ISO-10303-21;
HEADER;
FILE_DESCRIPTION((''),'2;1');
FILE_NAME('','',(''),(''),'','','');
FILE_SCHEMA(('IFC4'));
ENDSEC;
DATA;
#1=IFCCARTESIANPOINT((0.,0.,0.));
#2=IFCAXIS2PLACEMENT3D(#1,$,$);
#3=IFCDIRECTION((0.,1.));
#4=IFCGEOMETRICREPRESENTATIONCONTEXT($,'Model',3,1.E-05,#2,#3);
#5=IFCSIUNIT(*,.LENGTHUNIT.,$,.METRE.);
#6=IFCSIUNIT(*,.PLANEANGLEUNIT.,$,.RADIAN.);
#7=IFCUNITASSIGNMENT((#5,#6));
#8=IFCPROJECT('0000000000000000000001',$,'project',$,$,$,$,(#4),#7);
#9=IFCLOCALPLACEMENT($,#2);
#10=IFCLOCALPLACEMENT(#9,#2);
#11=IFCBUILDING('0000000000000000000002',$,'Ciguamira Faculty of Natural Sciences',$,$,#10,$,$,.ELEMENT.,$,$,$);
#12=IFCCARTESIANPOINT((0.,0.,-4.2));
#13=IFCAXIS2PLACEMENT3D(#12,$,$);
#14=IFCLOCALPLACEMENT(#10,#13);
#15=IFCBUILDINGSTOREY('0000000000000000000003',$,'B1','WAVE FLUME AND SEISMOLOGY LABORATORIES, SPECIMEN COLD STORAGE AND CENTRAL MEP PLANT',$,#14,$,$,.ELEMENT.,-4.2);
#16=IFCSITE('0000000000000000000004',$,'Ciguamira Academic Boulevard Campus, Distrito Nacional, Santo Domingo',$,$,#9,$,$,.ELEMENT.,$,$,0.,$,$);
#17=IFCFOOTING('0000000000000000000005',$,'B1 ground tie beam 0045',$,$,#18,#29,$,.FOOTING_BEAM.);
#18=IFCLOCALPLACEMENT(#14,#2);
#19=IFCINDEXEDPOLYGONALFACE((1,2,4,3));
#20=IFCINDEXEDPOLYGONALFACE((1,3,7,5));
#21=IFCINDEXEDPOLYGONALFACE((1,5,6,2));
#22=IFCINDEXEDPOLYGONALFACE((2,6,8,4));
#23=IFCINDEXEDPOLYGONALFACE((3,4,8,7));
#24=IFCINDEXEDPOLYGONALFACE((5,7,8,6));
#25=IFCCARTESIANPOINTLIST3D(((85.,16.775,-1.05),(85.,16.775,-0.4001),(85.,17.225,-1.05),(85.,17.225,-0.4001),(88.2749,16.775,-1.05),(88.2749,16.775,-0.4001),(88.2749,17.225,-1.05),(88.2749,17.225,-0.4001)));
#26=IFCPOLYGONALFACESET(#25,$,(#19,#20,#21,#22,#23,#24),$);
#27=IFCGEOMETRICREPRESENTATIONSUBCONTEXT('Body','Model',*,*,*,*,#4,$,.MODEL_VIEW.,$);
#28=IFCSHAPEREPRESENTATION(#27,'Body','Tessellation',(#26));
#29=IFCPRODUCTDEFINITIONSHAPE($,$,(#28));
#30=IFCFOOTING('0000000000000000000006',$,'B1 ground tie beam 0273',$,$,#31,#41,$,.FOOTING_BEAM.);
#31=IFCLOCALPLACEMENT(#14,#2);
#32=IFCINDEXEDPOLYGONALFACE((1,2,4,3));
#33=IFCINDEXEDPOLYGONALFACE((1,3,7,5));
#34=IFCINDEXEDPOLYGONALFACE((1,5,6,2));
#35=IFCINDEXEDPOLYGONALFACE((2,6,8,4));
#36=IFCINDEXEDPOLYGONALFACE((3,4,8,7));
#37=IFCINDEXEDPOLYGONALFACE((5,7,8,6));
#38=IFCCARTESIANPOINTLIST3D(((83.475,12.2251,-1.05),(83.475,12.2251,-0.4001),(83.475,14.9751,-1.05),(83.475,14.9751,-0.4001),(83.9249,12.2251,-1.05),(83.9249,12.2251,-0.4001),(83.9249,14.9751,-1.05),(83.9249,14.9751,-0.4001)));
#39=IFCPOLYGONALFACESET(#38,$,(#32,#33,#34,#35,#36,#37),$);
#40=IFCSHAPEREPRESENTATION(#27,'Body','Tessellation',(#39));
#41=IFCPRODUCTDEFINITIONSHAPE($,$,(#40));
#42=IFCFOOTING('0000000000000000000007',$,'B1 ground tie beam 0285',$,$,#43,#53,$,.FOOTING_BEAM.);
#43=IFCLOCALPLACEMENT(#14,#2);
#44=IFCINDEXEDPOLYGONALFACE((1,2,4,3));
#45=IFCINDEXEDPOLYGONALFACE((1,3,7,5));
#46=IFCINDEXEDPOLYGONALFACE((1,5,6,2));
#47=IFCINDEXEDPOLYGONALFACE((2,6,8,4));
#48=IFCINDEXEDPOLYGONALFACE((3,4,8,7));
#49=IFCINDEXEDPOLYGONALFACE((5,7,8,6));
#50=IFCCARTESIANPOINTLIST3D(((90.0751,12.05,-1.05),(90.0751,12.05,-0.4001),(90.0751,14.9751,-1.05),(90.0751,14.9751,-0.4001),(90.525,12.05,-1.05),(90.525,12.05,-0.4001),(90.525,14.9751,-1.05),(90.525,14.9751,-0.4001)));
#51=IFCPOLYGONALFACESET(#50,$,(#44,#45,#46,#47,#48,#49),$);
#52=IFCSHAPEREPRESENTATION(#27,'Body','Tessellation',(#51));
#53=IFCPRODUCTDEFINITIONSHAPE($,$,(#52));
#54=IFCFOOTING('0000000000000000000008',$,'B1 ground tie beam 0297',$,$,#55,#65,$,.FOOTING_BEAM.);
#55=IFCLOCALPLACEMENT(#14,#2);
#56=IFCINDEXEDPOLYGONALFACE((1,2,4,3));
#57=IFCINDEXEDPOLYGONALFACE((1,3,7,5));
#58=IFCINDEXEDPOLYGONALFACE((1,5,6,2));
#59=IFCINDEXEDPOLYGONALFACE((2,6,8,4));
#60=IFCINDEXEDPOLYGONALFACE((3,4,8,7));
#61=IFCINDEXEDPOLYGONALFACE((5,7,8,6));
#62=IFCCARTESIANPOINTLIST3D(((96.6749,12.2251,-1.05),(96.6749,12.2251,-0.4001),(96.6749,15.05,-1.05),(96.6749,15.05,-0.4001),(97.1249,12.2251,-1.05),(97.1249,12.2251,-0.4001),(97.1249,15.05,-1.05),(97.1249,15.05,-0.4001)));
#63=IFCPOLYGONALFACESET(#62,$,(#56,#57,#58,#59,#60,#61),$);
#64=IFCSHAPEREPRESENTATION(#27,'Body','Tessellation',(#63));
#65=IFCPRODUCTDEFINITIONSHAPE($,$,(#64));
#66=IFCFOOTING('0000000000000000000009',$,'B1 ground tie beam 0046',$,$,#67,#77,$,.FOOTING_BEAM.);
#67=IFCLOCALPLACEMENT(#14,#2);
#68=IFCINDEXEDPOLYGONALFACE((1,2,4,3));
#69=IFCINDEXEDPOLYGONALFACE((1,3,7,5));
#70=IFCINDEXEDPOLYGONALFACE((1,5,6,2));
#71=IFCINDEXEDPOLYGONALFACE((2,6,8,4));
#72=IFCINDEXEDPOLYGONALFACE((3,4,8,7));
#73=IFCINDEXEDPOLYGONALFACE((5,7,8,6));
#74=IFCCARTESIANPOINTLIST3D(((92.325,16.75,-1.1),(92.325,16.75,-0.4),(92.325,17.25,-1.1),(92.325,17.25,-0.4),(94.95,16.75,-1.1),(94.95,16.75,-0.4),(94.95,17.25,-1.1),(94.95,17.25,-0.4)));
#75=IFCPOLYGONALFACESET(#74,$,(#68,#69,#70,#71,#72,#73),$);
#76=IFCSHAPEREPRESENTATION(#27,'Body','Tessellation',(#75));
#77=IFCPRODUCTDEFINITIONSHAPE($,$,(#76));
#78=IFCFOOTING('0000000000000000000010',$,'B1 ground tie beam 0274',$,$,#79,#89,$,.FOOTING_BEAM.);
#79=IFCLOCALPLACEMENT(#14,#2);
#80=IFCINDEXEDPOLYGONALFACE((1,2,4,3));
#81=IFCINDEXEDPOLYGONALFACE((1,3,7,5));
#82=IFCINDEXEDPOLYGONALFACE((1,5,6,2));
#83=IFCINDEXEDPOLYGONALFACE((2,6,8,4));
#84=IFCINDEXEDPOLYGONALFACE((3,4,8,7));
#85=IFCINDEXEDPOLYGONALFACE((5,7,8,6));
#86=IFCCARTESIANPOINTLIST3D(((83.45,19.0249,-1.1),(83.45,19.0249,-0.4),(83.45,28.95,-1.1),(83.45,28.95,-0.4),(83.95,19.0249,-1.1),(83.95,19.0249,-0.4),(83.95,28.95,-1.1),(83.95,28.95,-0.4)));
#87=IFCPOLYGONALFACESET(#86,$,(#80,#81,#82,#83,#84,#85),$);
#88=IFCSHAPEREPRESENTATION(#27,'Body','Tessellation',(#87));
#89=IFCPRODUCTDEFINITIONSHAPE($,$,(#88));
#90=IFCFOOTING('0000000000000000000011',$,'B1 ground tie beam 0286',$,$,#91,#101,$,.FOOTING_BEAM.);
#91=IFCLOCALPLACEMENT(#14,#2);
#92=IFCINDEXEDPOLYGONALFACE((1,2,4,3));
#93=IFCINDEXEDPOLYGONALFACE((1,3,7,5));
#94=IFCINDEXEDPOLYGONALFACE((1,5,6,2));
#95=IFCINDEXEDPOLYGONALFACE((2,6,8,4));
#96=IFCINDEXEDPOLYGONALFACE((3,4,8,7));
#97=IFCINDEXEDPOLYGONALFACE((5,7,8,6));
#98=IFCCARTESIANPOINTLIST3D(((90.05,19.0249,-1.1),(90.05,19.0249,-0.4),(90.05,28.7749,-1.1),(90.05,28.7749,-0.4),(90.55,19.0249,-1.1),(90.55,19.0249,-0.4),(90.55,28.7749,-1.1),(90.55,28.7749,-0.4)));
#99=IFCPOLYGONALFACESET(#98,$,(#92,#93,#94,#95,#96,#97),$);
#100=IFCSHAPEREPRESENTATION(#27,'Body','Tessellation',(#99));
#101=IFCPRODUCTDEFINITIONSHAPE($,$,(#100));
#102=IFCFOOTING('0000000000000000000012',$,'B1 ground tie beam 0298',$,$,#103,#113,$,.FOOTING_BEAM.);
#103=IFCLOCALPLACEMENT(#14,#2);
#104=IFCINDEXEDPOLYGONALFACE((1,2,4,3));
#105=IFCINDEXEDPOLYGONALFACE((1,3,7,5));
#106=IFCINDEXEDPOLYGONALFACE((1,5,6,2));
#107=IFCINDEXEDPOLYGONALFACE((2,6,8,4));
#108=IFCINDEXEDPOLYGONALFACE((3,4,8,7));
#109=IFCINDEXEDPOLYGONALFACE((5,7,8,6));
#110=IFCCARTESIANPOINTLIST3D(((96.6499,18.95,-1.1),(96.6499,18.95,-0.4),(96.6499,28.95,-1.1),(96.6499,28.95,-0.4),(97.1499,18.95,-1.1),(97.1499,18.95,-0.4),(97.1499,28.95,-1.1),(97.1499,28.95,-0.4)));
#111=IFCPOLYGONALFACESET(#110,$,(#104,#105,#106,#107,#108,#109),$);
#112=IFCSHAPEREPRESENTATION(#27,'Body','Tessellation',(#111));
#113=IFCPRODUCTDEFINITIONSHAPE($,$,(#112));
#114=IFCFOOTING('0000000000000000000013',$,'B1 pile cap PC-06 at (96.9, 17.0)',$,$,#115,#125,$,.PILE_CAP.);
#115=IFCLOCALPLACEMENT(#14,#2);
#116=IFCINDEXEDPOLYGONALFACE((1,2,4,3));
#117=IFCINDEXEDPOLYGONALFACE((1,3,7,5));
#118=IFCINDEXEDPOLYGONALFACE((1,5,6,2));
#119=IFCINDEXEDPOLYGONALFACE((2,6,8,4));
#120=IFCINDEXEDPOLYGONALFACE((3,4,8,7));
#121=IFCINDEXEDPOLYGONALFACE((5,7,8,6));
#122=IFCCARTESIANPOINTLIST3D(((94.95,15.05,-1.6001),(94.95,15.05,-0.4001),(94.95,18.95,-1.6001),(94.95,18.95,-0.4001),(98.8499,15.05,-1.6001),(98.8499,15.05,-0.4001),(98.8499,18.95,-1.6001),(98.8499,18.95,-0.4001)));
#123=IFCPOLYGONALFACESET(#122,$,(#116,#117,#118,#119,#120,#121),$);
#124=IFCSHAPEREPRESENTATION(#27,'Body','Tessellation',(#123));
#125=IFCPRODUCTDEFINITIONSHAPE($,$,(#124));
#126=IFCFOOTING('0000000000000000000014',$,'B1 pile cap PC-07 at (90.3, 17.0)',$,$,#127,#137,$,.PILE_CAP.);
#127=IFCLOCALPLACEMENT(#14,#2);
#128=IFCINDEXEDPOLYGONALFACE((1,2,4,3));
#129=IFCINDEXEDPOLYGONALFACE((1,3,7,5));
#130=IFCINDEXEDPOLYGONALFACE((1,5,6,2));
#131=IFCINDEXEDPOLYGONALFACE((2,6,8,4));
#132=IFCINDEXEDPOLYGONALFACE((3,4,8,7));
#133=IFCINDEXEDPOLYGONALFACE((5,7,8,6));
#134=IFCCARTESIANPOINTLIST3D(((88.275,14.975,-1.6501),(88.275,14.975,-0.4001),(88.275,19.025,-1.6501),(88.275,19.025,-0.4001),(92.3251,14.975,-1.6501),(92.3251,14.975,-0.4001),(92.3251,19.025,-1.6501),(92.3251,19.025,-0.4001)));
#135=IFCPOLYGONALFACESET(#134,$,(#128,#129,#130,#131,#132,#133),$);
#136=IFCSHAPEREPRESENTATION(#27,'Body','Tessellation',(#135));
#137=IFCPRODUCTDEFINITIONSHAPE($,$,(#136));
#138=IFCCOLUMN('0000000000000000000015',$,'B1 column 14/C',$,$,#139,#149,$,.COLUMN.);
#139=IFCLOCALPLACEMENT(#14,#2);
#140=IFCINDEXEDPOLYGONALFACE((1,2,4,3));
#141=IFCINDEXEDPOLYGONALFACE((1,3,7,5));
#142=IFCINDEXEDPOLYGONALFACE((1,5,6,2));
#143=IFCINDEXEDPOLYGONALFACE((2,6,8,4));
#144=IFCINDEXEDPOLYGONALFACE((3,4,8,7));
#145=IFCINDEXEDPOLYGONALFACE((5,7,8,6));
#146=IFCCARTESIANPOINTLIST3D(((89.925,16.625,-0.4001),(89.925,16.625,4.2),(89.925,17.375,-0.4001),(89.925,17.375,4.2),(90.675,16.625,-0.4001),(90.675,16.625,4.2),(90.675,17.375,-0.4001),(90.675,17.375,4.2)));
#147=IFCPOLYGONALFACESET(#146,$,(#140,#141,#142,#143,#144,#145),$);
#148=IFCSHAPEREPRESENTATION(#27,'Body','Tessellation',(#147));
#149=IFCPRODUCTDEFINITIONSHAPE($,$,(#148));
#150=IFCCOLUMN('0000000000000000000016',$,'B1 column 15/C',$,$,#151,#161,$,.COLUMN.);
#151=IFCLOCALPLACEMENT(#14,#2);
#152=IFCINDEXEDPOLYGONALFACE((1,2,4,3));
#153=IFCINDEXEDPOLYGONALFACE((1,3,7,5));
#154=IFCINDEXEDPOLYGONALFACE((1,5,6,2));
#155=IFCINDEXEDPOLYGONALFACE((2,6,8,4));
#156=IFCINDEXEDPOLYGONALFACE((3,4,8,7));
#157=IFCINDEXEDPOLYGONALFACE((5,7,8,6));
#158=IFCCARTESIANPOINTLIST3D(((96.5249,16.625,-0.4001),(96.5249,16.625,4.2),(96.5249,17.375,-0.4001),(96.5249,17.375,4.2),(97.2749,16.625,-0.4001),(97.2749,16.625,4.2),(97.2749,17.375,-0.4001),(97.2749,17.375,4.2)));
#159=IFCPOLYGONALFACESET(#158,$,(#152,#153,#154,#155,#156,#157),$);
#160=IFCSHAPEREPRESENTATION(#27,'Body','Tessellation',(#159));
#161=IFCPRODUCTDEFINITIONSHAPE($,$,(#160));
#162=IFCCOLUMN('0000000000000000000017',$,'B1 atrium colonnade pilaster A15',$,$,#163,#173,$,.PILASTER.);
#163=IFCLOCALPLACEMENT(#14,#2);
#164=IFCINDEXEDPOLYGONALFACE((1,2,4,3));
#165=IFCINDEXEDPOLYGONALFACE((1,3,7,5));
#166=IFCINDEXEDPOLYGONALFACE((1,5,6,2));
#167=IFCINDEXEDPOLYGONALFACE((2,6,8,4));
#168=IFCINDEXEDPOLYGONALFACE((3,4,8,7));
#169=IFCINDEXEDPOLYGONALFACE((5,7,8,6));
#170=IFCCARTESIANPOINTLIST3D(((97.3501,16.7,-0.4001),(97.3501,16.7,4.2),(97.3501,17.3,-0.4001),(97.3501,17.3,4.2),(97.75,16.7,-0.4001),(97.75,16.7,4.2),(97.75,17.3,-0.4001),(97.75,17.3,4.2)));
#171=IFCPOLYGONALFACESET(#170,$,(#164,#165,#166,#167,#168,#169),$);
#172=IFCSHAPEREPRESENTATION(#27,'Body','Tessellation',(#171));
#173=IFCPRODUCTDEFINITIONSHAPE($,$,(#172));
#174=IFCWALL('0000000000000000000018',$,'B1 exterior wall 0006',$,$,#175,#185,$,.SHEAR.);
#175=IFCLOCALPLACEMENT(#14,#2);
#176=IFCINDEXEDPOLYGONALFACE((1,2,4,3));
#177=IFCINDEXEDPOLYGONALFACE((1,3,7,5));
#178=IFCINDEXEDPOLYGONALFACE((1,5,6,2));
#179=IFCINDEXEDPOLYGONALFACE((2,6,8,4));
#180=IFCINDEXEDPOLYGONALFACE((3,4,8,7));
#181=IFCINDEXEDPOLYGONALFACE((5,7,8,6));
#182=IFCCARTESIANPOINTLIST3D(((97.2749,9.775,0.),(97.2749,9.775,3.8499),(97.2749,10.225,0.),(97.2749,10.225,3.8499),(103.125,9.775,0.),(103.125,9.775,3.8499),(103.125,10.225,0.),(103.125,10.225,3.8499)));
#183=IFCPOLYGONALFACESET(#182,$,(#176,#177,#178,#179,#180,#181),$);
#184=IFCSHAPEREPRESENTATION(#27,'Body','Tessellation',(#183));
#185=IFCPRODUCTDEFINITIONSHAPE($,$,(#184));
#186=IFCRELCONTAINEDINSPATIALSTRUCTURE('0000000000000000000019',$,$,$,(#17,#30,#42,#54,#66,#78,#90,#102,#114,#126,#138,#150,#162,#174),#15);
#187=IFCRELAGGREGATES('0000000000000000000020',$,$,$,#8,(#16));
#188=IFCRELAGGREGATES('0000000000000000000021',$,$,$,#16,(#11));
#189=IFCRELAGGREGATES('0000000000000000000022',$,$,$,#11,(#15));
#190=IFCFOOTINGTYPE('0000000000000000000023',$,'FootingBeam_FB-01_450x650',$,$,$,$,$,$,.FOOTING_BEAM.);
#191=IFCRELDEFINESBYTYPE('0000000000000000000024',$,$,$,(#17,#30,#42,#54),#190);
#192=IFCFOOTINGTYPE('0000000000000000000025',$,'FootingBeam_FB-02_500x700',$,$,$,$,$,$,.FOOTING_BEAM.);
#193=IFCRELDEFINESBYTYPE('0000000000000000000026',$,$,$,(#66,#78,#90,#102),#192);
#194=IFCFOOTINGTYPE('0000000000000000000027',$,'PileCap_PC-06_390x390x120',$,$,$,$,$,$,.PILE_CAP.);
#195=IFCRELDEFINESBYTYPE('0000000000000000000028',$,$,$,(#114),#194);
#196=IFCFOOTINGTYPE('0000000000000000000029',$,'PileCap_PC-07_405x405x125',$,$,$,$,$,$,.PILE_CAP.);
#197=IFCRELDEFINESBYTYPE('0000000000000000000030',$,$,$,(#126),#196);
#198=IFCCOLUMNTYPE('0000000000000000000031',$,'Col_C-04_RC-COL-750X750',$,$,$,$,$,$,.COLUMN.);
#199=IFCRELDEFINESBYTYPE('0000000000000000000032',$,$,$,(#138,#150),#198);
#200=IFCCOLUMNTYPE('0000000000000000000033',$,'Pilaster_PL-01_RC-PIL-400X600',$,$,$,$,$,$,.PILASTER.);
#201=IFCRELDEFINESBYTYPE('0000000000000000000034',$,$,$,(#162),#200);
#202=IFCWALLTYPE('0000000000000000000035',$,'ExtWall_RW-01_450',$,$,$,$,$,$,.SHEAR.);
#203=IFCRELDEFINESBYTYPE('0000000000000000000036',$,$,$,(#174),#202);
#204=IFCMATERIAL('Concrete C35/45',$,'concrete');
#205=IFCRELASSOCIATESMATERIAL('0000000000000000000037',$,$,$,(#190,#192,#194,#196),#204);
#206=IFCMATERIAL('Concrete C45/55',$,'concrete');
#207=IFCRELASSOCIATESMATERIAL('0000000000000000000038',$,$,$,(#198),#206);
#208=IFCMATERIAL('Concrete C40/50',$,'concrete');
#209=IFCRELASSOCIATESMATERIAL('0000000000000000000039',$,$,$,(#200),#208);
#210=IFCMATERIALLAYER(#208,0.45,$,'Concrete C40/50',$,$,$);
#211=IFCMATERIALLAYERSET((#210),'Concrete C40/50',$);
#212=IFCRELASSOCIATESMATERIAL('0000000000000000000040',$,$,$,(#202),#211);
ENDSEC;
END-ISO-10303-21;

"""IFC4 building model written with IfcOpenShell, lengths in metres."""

from ifc_helpers import new_model, si_unit, direction, frame, frame_2d, origin, origin_2d, place, context, subcontext, project, spatial, rectangle, extrude, material, layer, layer_set, material_profile, profile_set, type_object, element, save


model = new_model("IFC4")

# Units and contexts
model_context = context("Model", 3, precision=1e-05, world=origin(), true_north=direction((0.0, 1.0)))
body_context = subcontext(model_context, "Body", "Model", "MODEL_VIEW")
ifc_project = project(units=[si_unit("LENGTHUNIT", "METRE"), si_unit("PLANEANGLEUNIT", "RADIAN")], contexts=[model_context])

# Site, building, storey
site_placement = place(None, origin())
site = spatial("IfcSite", under=ifc_project, at=site_placement, Name="Ciguamira Academic Boulevard Campus, Distrito Nacional, Santo Domingo", CompositionType="ELEMENT", RefElevation=0.0)
building_placement = place(site_placement, origin())
building = spatial("IfcBuilding", under=site, at=building_placement, Name="Ciguamira Faculty of Natural Sciences", CompositionType="ELEMENT")
storey_placement = place(building_placement, frame((0.0, 0.0, -4.2)))
storey = spatial("IfcBuildingStorey", under=building, at=storey_placement, Name="B1", Description="WAVE FLUME AND SEISMOLOGY LABORATORIES, SPECIMEN COLD STORAGE AND CENTRAL MEP PLANT", CompositionType="ELEMENT", Elevation=-4.2)

# Shared definitions
ifc_material_1 = material(Name="Concrete C35/45", Category="concrete")

# Footings
ifc_material_profile_1 = material_profile(ifc_material_1, rectangle(XDim=0.45, YDim=0.6499, at=origin_2d()), Name="RC-FB-450X650")
ifc_profile_set_1 = profile_set([ifc_material_profile_1], Name="Concrete C35/45")
footing_type_1 = type_object("IfcFootingType", Name="FootingBeam_FB-01_450x650", PredefinedType="FOOTING_BEAM", material=ifc_profile_set_1)
footing_1_placement = place(storey_placement, frame((85.0, 17.0, -0.7251), z_axis=(1.0, 0.0, 0.0), x_axis=(0.0, 1.0, 0.0)))
element("IfcFooting", 1, at=footing_1_placement, inside=storey, type_object=footing_type_1, Name="B1 ground tie beam 0045", PredefinedType="FOOTING_BEAM", context=body_context, shape_type="SweptSolid", body=[
    extrude(rectangle(XDim=0.45, YDim=0.6499, at=origin_2d()), origin(), (0.0, 0.0, 1.0), 3.2749),
])
footing_2_placement = place(storey_placement, frame((83.7, 12.2251, -0.7251), z_axis=(0.0, 1.0, 0.0), x_axis=(-1.0, 0.0, 0.0)))
element("IfcFooting", 2, at=footing_2_placement, inside=storey, type_object=footing_type_1, Name="B1 ground tie beam 0273", PredefinedType="FOOTING_BEAM", context=body_context, shape_type="SweptSolid", body=[
    extrude(rectangle(XDim=0.45, YDim=0.6499, at=origin_2d()), origin(), (0.0, 0.0, 1.0), 2.75),
])
footing_3_placement = place(storey_placement, frame((90.3, 12.05, -0.7251), z_axis=(0.0, 1.0, 0.0), x_axis=(-1.0, 0.0, 0.0)))
element("IfcFooting", 3, at=footing_3_placement, inside=storey, type_object=footing_type_1, Name="B1 ground tie beam 0285", PredefinedType="FOOTING_BEAM", context=body_context, shape_type="SweptSolid", body=[
    extrude(rectangle(XDim=0.45, YDim=0.6499, at=origin_2d()), origin(), (0.0, 0.0, 1.0), 2.925),
])
footing_4_placement = place(storey_placement, frame((96.8999, 12.2251, -0.7251), z_axis=(0.0, 1.0, 0.0), x_axis=(-1.0, 0.0, 0.0)))
element("IfcFooting", 4, at=footing_4_placement, inside=storey, type_object=footing_type_1, Name="B1 ground tie beam 0297", PredefinedType="FOOTING_BEAM", context=body_context, shape_type="SweptSolid", body=[
    extrude(rectangle(XDim=0.45, YDim=0.6499, at=origin_2d()), origin(), (0.0, 0.0, 1.0), 2.825),
])
ifc_material_profile_2 = material_profile(ifc_material_1, rectangle(XDim=0.5, YDim=0.7, at=origin_2d()), Name="RC-FB-500X700")
ifc_profile_set_2 = profile_set([ifc_material_profile_2], Name="Concrete C35/45")
footing_type_2 = type_object("IfcFootingType", Name="FootingBeam_FB-02_500x700", PredefinedType="FOOTING_BEAM", material=ifc_profile_set_2)
footing_5_placement = place(storey_placement, frame((92.325, 17.0, -0.75), z_axis=(1.0, 0.0, 0.0), x_axis=(0.0, 1.0, 0.0)))
element("IfcFooting", 5, at=footing_5_placement, inside=storey, type_object=footing_type_2, Name="B1 ground tie beam 0046", PredefinedType="FOOTING_BEAM", context=body_context, shape_type="SweptSolid", body=[
    extrude(rectangle(XDim=0.5, YDim=0.7, at=origin_2d()), origin(), (0.0, 0.0, 1.0), 2.625),
])
footing_6_placement = place(storey_placement, frame((83.7, 19.0249, -0.75), z_axis=(0.0, 1.0, 0.0), x_axis=(-1.0, 0.0, 0.0)))
element("IfcFooting", 6, at=footing_6_placement, inside=storey, type_object=footing_type_2, Name="B1 ground tie beam 0274", PredefinedType="FOOTING_BEAM", context=body_context, shape_type="SweptSolid", body=[
    extrude(rectangle(XDim=0.5, YDim=0.7, at=origin_2d()), origin(), (0.0, 0.0, 1.0), 9.925),
])
footing_7_placement = place(storey_placement, frame((90.3, 19.0249, -0.75), z_axis=(0.0, 1.0, 0.0), x_axis=(-1.0, 0.0, 0.0)))
element("IfcFooting", 7, at=footing_7_placement, inside=storey, type_object=footing_type_2, Name="B1 ground tie beam 0286", PredefinedType="FOOTING_BEAM", context=body_context, shape_type="SweptSolid", body=[
    extrude(rectangle(XDim=0.5, YDim=0.7, at=origin_2d()), origin(), (0.0, 0.0, 1.0), 9.75),
])
footing_8_placement = place(storey_placement, frame((96.8999, 18.95, -0.75), z_axis=(0.0, 1.0, 0.0), x_axis=(-1.0, 0.0, 0.0)))
element("IfcFooting", 8, at=footing_8_placement, inside=storey, type_object=footing_type_2, Name="B1 ground tie beam 0298", PredefinedType="FOOTING_BEAM", context=body_context, shape_type="SweptSolid", body=[
    extrude(rectangle(XDim=0.5, YDim=0.7, at=origin_2d()), origin(), (0.0, 0.0, 1.0), 10.0),
])
footing_type_3 = type_object("IfcFootingType", Name="PileCap_PC-06_390x390x120", PredefinedType="PILE_CAP", material=ifc_material_1)
footing_9_placement = place(storey_placement, frame((96.8999, 17.0, -1.6001), z_axis=(0.0, 0.0, 1.0), x_axis=(1.0, 0.0, 0.0)))
element("IfcFooting", 9, at=footing_9_placement, inside=storey, type_object=footing_type_3, Name="B1 pile cap PC-06 at (96.9, 17.0)", PredefinedType="PILE_CAP", context=body_context, shape_type="SweptSolid", body=[
    extrude(rectangle(XDim=3.8999, YDim=3.8999, at=origin_2d()), origin(), (0.0, 0.0, 1.0), 1.2),
])
footing_type_4 = type_object("IfcFootingType", Name="PileCap_PC-07_405x405x125", PredefinedType="PILE_CAP", material=ifc_material_1)
footing_10_placement = place(storey_placement, frame((90.3, 17.0, -1.6501), z_axis=(0.0, 0.0, 1.0), x_axis=(1.0, 0.0, 0.0)))
element("IfcFooting", 10, at=footing_10_placement, inside=storey, type_object=footing_type_4, Name="B1 pile cap PC-07 at (90.3, 17.0)", PredefinedType="PILE_CAP", context=body_context, shape_type="SweptSolid", body=[
    extrude(rectangle(XDim=4.05, YDim=4.05, at=origin_2d()), origin(), (0.0, 0.0, 1.0), 1.25),
])

# Columns
ifc_material_2 = material(Name="Concrete C45/55", Category="concrete")
ifc_material_profile_3 = material_profile(ifc_material_2, rectangle(XDim=0.75, YDim=0.75, at=origin_2d()), Name="RC-COL-750X750")
ifc_profile_set_3 = profile_set([ifc_material_profile_3], Name="Concrete C45/55")
column_type_1 = type_object("IfcColumnType", Name="Col_C-04_RC-COL-750X750", PredefinedType="COLUMN", material=ifc_profile_set_3)
for number, where, z_axis, x_axis, name in (
    (11, (90.3, 17.0, -0.4001), (0.0, 0.0, 1.0), (1.0, 0.0, 0.0), "B1 column 14/C"),
    (12, (96.8999, 17.0, -0.4001), (0.0, 0.0, 1.0), (1.0, 0.0, 0.0), "B1 column 15/C"),
):
    element("IfcColumn", number, at=place(storey_placement, frame(where, z_axis=z_axis, x_axis=x_axis)), inside=storey, type_object=column_type_1, Name=name, PredefinedType="COLUMN", context=body_context, shape_type="SweptSolid", body=[
        extrude(rectangle(XDim=0.75, YDim=0.75, at=origin_2d()), origin(), (0.0, 0.0, 1.0), 4.6001),
    ])
ifc_material_3 = material(Name="Concrete C40/50", Category="concrete")
ifc_material_profile_4 = material_profile(ifc_material_3, rectangle(XDim=0.3999, YDim=0.6001, at=origin_2d()), Name="RC-PIL-400X600")
ifc_profile_set_4 = profile_set([ifc_material_profile_4], Name="Concrete C40/50")
column_type_2 = type_object("IfcColumnType", Name="Pilaster_PL-01_RC-PIL-400X600", PredefinedType="PILASTER", material=ifc_profile_set_4)
column_placement = place(storey_placement, frame((97.55, 17.0, -0.4001), z_axis=(0.0, 0.0, 1.0), x_axis=(1.0, 0.0, 0.0)))
element("IfcColumn", 13, at=column_placement, inside=storey, type_object=column_type_2, Name="B1 atrium colonnade pilaster A15", PredefinedType="PILASTER", context=body_context, shape_type="SweptSolid", body=[
    extrude(rectangle(XDim=0.3999, YDim=0.6001, at=origin_2d()), origin(), (0.0, 0.0, 1.0), 4.6001),
])

# Wall
ifc_layer_1 = layer(ifc_material_3, 0.45, Name="Concrete C40/50")
ifc_layer_set_1 = layer_set([ifc_layer_1], Name="Concrete C40/50")
wall_type_1 = type_object("IfcWallType", Name="ExtWall_RW-01_450", PredefinedType="SHEAR", material=ifc_layer_set_1)
wall_1_placement = place(storey_placement, frame((97.2749, 10.0, 0.0), z_axis=(0.0, 0.0, 1.0), x_axis=(1.0, 0.0, 0.0)))
element("IfcWall", 14, at=wall_1_placement, inside=storey, type_object=wall_type_1, Name="B1 exterior wall 0006", PredefinedType="SHEAR", context=body_context, shape_type="SweptSolid", body=[
    extrude(rectangle(XDim=5.8501, YDim=0.45, at=frame_2d((2.925, 0.0))), origin(), (0.0, 0.0, 1.0), 3.8499),
])

save(model, "model.ifc")
